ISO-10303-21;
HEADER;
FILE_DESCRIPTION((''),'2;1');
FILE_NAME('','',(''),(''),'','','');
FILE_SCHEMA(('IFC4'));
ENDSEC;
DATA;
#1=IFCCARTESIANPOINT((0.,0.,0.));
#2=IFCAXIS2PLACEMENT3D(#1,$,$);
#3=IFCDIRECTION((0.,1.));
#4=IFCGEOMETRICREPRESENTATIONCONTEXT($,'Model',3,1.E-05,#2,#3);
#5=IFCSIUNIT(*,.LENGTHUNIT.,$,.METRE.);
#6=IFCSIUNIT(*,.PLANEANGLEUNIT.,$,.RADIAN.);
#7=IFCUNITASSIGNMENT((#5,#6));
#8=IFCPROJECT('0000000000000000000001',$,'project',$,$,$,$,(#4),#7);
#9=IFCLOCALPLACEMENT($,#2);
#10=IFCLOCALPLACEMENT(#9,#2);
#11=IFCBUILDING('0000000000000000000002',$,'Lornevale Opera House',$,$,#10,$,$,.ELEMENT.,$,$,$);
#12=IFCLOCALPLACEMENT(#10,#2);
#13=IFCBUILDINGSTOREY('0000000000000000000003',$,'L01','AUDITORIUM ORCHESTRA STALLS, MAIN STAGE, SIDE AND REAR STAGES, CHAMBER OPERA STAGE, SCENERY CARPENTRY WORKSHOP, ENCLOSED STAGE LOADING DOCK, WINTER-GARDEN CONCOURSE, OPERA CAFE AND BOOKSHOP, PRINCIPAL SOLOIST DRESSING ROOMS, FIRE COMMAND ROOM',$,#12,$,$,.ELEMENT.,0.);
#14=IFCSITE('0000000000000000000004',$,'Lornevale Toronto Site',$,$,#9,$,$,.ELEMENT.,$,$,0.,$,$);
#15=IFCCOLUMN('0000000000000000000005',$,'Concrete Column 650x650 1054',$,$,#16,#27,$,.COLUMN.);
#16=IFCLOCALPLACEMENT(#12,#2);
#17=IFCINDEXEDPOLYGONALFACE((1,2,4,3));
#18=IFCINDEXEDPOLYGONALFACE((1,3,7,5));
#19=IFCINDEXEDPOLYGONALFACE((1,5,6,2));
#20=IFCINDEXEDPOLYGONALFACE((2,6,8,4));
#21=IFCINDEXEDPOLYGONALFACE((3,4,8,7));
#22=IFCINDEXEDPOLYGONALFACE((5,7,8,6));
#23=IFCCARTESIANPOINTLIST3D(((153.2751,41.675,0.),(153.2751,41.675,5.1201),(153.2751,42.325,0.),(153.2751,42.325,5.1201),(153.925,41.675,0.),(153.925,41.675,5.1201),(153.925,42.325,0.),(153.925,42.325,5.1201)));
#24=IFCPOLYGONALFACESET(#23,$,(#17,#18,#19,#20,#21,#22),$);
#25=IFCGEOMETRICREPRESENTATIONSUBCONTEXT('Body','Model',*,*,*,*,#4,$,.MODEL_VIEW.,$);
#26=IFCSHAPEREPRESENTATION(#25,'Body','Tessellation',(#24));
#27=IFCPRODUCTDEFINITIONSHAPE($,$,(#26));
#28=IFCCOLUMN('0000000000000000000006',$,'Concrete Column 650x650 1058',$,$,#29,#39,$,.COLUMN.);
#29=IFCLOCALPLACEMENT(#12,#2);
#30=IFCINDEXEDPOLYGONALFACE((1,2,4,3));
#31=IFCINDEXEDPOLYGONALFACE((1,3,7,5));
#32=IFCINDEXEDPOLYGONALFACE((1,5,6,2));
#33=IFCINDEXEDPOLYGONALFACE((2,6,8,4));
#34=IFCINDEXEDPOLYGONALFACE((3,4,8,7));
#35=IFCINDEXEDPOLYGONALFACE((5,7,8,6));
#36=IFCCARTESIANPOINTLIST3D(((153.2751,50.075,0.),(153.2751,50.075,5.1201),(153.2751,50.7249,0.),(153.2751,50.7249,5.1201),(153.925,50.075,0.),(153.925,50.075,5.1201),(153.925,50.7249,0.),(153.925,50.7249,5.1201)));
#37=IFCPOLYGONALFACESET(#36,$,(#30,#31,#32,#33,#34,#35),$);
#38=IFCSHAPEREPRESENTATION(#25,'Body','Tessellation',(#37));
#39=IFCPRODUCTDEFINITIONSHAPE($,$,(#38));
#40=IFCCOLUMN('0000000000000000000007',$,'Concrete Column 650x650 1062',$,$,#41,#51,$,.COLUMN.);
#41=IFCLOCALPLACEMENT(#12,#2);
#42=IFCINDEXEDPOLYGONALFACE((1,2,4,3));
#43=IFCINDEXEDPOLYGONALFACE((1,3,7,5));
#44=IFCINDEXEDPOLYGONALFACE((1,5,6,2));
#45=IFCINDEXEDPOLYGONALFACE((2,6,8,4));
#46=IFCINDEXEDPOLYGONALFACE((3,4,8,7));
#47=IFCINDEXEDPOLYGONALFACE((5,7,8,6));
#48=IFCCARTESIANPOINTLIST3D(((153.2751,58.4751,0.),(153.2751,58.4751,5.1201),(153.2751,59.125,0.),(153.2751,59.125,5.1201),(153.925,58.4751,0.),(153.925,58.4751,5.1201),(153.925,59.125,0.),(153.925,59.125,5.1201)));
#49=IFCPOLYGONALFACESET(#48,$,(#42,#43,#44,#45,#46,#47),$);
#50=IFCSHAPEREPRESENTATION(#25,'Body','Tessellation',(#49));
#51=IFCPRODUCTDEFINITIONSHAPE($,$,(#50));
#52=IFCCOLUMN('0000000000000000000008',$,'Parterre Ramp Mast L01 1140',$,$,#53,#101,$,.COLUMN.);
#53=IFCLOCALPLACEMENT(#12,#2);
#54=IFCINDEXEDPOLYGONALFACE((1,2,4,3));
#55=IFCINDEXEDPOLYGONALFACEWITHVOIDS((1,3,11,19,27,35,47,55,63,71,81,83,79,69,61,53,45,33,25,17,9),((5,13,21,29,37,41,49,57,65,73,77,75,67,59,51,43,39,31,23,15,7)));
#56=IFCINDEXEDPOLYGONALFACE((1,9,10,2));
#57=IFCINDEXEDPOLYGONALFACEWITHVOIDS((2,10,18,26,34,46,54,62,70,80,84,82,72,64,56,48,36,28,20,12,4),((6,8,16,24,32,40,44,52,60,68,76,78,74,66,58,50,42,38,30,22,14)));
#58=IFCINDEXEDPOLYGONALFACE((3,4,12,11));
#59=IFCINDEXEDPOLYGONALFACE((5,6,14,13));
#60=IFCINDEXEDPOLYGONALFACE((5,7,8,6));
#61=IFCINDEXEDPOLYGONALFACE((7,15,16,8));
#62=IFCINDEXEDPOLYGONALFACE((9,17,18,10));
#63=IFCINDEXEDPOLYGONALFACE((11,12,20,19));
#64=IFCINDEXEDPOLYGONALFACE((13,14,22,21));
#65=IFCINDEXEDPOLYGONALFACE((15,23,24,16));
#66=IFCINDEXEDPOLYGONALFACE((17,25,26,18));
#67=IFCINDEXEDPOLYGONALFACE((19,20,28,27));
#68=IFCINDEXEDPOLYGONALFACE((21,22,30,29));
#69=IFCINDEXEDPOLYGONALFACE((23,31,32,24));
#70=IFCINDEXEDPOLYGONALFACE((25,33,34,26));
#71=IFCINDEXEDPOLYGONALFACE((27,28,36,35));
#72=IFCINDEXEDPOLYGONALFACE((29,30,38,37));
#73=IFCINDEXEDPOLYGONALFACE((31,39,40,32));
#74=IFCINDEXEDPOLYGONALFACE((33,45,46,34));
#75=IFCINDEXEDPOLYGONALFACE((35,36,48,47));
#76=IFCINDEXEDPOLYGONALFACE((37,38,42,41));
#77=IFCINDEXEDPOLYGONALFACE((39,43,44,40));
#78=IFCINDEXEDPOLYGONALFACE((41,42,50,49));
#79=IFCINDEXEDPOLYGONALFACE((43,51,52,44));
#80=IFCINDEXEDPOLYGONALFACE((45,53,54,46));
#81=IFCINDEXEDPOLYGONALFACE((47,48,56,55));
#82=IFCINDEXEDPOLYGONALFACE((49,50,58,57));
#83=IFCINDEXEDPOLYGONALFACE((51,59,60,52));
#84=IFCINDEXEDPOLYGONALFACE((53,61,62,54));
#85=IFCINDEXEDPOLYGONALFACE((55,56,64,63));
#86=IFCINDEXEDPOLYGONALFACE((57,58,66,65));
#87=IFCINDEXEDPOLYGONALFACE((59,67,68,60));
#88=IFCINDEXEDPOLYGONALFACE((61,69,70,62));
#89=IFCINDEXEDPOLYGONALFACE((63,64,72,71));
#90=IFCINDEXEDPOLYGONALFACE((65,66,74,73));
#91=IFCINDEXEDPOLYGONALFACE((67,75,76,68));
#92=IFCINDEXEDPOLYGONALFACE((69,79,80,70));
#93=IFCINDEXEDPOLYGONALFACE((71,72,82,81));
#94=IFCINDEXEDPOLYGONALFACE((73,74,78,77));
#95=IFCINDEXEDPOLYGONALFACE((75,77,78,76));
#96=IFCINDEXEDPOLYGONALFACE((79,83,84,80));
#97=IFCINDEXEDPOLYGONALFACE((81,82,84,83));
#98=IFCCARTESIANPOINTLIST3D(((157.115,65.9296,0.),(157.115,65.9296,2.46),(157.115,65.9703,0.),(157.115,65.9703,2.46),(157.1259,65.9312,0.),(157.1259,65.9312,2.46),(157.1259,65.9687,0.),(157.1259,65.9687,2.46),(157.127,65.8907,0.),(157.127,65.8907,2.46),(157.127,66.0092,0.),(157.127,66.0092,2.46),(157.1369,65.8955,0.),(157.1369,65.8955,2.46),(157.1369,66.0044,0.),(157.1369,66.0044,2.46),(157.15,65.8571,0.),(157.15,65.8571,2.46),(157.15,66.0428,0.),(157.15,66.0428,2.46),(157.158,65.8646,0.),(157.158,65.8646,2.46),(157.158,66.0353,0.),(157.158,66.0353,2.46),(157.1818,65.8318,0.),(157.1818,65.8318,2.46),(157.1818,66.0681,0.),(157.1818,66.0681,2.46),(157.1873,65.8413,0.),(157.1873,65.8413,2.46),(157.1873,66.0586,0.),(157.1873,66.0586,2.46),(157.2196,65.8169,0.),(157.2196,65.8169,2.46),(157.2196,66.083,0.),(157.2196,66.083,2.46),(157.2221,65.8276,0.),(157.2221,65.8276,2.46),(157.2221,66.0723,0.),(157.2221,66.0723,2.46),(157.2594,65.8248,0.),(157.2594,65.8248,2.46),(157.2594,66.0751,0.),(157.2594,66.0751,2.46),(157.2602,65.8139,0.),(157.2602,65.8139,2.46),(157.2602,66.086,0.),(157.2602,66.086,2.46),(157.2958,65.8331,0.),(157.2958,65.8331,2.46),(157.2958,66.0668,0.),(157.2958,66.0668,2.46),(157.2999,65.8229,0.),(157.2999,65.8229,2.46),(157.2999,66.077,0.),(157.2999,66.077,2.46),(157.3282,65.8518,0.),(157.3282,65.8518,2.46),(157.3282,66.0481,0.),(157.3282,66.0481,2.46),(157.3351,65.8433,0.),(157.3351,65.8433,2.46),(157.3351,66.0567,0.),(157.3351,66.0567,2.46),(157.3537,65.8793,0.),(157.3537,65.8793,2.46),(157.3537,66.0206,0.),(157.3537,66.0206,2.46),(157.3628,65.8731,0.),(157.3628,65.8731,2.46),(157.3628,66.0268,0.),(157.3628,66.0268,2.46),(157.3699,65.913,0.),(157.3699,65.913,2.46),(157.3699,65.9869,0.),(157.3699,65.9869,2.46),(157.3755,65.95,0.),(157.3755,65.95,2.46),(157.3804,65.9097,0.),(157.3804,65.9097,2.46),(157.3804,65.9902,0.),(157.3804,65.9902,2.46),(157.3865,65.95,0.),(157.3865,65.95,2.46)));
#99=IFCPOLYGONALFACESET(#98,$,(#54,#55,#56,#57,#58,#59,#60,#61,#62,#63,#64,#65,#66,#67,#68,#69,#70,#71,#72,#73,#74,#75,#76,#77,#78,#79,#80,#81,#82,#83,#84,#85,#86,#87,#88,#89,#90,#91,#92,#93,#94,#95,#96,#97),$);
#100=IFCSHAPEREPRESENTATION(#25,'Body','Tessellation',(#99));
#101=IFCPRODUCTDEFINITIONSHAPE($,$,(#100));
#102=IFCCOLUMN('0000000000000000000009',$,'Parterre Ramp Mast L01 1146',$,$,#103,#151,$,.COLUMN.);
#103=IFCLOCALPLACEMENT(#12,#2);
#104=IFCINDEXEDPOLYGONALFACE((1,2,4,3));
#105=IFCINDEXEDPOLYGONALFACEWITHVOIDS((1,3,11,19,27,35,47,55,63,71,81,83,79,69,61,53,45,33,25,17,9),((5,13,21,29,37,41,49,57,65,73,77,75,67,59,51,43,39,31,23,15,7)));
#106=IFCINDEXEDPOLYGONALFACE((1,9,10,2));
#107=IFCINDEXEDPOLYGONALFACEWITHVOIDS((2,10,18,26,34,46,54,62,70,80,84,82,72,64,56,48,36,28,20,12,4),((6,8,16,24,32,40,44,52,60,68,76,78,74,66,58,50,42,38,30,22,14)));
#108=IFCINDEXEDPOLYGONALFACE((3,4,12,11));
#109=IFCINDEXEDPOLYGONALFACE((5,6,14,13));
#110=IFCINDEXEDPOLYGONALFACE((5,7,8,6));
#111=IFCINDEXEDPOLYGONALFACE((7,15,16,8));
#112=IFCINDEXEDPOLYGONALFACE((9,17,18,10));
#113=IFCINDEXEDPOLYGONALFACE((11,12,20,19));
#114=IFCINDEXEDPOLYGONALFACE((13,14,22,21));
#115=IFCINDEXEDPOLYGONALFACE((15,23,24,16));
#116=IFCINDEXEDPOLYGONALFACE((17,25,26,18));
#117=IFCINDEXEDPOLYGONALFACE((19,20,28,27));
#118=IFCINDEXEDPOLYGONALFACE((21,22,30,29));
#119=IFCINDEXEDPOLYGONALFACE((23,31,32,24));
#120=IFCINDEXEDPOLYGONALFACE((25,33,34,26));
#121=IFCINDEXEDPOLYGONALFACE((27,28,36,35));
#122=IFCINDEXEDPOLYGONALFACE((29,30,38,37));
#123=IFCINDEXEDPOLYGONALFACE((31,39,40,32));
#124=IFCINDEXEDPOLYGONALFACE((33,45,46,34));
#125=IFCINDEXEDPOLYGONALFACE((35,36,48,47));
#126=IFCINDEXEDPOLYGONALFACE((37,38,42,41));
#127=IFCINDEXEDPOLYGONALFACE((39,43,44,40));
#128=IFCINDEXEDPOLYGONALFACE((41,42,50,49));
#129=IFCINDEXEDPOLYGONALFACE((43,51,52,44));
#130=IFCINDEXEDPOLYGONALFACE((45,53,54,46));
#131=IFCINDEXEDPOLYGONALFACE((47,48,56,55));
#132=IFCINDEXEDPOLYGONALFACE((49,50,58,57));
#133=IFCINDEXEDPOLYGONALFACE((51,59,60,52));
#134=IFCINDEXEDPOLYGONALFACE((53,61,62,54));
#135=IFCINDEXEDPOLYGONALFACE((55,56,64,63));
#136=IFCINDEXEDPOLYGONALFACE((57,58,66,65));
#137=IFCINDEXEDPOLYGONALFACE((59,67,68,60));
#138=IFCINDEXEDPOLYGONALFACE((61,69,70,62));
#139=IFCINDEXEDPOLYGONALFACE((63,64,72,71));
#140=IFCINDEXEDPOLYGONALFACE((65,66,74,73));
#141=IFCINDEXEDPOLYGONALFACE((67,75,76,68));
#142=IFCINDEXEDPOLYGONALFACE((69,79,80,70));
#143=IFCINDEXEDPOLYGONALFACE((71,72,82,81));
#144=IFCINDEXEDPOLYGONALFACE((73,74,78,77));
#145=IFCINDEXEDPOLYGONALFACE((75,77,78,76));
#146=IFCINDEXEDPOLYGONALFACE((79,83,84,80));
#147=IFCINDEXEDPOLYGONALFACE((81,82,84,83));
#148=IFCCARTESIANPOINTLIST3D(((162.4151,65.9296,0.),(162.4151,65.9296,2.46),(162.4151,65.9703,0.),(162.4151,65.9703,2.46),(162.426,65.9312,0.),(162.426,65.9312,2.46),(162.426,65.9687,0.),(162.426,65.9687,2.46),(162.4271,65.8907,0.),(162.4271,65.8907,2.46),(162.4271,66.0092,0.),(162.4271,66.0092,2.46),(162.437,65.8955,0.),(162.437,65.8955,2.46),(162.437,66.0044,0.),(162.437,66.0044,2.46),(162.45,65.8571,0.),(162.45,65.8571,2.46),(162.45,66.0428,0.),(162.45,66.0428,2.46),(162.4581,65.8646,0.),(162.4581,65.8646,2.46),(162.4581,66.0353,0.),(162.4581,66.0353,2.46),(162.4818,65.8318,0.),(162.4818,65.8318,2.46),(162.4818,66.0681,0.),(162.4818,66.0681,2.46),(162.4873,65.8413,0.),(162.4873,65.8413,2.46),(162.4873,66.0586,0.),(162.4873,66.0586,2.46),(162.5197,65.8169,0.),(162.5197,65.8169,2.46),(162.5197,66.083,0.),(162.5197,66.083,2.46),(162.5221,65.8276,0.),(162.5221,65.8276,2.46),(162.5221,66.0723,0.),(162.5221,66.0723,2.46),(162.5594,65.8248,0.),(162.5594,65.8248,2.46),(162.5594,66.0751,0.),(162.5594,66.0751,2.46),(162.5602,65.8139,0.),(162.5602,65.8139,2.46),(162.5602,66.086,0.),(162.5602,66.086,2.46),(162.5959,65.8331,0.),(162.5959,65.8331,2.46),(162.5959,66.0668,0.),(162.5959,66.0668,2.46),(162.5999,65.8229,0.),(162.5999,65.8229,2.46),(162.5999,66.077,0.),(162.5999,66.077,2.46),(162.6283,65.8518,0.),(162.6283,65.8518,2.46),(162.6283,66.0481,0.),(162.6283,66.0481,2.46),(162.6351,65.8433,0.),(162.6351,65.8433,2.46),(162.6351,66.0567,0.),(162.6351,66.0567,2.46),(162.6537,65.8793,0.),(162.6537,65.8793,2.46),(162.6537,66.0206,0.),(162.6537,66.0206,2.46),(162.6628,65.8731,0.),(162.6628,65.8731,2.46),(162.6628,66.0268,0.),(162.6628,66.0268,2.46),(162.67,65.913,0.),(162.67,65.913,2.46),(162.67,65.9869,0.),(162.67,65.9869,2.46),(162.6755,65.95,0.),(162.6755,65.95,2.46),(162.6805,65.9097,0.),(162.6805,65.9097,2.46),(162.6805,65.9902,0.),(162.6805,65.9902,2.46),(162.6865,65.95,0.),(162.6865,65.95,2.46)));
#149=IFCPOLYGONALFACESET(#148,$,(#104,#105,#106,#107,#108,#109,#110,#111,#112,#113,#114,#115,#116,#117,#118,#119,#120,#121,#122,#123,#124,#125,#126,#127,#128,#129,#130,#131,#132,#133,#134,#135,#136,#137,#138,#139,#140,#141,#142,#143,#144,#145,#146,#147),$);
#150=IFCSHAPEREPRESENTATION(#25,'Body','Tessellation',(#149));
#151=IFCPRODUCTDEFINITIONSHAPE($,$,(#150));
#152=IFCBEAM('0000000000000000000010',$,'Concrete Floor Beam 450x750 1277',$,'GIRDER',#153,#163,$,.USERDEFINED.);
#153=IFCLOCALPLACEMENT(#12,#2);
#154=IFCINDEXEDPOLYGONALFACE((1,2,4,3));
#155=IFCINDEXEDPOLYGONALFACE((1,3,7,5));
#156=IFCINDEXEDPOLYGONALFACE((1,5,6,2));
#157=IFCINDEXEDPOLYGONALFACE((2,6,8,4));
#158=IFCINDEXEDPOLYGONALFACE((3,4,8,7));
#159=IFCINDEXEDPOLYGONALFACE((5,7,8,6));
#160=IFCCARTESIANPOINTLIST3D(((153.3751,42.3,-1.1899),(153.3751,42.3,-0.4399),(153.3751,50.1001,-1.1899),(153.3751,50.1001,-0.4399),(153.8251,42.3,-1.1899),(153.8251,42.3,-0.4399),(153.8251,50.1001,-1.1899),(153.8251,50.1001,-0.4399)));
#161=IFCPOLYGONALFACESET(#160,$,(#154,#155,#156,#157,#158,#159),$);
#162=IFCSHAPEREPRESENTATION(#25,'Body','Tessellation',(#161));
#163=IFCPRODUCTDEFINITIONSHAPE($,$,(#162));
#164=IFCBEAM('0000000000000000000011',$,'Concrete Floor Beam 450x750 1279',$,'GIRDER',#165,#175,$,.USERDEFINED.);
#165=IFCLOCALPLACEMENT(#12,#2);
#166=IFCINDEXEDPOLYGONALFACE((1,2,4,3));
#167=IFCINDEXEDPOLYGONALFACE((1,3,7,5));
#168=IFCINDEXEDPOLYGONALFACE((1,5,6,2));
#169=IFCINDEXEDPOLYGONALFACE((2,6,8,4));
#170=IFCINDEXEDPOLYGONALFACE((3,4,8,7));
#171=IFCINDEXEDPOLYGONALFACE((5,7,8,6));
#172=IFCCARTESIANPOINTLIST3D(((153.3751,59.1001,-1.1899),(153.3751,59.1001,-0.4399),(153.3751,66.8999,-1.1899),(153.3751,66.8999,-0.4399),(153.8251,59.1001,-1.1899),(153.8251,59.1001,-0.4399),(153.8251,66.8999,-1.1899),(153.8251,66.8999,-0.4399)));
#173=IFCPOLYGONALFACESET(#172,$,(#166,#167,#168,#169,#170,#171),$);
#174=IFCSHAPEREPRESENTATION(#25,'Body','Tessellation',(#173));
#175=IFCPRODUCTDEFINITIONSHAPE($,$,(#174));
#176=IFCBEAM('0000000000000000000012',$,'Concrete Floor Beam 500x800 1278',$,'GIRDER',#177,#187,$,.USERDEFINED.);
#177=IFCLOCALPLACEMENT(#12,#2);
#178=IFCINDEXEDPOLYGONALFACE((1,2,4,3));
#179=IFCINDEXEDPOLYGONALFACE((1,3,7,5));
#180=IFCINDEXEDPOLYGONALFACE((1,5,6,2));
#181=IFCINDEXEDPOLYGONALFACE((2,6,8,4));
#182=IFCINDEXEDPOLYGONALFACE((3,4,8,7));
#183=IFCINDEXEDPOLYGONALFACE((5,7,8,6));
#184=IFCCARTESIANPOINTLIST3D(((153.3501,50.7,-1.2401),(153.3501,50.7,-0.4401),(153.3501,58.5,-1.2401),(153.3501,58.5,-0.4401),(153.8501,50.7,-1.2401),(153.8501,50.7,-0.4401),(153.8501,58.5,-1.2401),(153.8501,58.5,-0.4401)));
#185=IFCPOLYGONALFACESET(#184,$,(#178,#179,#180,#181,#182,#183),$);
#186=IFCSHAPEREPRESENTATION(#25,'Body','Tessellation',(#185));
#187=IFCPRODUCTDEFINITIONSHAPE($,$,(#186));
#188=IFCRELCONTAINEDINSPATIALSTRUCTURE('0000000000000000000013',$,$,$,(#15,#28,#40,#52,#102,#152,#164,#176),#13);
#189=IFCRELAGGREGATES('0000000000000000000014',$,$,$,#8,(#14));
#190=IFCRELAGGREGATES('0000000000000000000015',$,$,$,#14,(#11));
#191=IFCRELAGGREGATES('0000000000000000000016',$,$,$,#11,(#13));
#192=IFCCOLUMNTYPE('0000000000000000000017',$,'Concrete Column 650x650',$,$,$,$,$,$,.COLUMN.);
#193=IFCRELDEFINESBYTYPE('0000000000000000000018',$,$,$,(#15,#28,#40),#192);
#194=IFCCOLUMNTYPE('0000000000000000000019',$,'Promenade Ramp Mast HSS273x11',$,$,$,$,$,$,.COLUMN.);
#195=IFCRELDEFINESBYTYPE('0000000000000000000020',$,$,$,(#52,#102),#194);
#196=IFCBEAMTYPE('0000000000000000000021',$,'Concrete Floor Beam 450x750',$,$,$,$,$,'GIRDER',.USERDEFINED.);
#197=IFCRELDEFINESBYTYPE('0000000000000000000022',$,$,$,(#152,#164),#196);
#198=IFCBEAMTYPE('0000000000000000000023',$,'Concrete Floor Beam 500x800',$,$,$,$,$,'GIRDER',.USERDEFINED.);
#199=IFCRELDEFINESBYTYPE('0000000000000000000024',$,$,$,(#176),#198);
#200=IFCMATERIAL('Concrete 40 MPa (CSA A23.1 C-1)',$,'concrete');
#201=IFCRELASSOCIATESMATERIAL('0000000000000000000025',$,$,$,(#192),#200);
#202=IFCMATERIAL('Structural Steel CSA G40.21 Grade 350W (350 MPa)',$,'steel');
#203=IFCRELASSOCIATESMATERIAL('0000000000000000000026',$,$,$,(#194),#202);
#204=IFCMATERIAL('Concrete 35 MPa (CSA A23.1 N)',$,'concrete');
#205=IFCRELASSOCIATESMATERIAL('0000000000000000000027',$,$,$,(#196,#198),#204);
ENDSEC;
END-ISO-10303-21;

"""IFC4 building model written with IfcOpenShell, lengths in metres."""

from ifc_helpers import new_model, si_unit, direction, frame, origin, origin_2d, place, context, subcontext, project, spatial, rectangle, hollow_circle, extrude, material, material_profile, profile_set, type_object, element, save


model = new_model("IFC4")

# Units and contexts
model_context = context("Model", 3, precision=1e-05, world=origin(), true_north=direction((0.0, 1.0)))
body_context = subcontext(model_context, "Body", "Model", "MODEL_VIEW")
ifc_project = project(units=[si_unit("LENGTHUNIT", "METRE"), si_unit("PLANEANGLEUNIT", "RADIAN")], contexts=[model_context])

# Site, building, storey
site_placement = place(None, origin())
site = spatial("IfcSite", under=ifc_project, at=site_placement, Name="Lornevale Toronto Site", CompositionType="ELEMENT", RefElevation=0.0)
building_placement = place(site_placement, origin())
building = spatial("IfcBuilding", under=site, at=building_placement, Name="Lornevale Opera House", CompositionType="ELEMENT")
storey_placement = place(building_placement, origin())
storey = spatial("IfcBuildingStorey", under=building, at=storey_placement, Name="L01", Description="AUDITORIUM ORCHESTRA STALLS, MAIN STAGE, SIDE AND REAR STAGES, CHAMBER OPERA STAGE, SCENERY CARPENTRY WORKSHOP, ENCLOSED STAGE LOADING DOCK, WINTER-GARDEN CONCOURSE, OPERA CAFE AND BOOKSHOP, PRINCIPAL SOLOIST DRESSING ROOMS, FIRE COMMAND ROOM", CompositionType="ELEMENT", Elevation=0.0)

# Columns
ifc_material_1 = material(Name="Concrete 40 MPa (CSA A23.1 C-1)", Category="concrete")
ifc_material_profile_1 = material_profile(ifc_material_1, rectangle(XDim=0.6499, YDim=0.6499, at=origin_2d()), Name="RC650x650")
ifc_profile_set_1 = profile_set([ifc_material_profile_1], Name="Concrete 40 MPa (CSA A23.1 C-1)")
column_type_1 = type_object("IfcColumnType", Name="Concrete Column 650x650", PredefinedType="COLUMN", material=ifc_profile_set_1)
for number, where, z_axis, x_axis, name in (
    (1, (153.6001, 42.0, 0.0), (0.0, 0.0, 1.0), (1.0, 0.0, 0.0), "Concrete Column 650x650 1054"),
    (2, (153.6001, 50.3999, 0.0), (0.0, 0.0, 1.0), (1.0, 0.0, 0.0), "Concrete Column 650x650 1058"),
    (3, (153.6001, 58.8, 0.0), (0.0, 0.0, 1.0), (1.0, 0.0, 0.0), "Concrete Column 650x650 1062"),
):
    element("IfcColumn", number, at=place(storey_placement, frame(where, z_axis=z_axis, x_axis=x_axis)), inside=storey, type_object=column_type_1, Name=name, PredefinedType="COLUMN", context=body_context, shape_type="SweptSolid", body=[
        extrude(rectangle(XDim=0.6499, YDim=0.6499, at=origin_2d()), origin(), (0.0, 0.0, 1.0), 5.1201),
    ])
ifc_material_2 = material(Name="Structural Steel CSA G40.21 Grade 350W (350 MPa)", Category="steel")
ifc_material_profile_2 = material_profile(ifc_material_2, hollow_circle(Radius=0.1365, WallThickness=0.011, at=origin_2d()), Name="HSS273x11")
ifc_profile_set_2 = profile_set([ifc_material_profile_2], Name="Structural Steel CSA G40.21 Grade 350W (350 MPa)")
column_type_2 = type_object("IfcColumnType", Name="Promenade Ramp Mast HSS273x11", PredefinedType="COLUMN", material=ifc_profile_set_2)
for number, where, z_axis, x_axis, name in (
    (4, (157.25, 65.95, 0.0), (0.0, 0.0, 1.0), (1.0, 0.0, 0.0), "Parterre Ramp Mast L01 1140"),
    (5, (162.55, 65.95, 0.0), (0.0, 0.0, 1.0), (1.0, 0.0, 0.0), "Parterre Ramp Mast L01 1146"),
):
    element("IfcColumn", number, at=place(storey_placement, frame(where, z_axis=z_axis, x_axis=x_axis)), inside=storey, type_object=column_type_2, Name=name, PredefinedType="COLUMN", context=body_context, shape_type="SweptSolid", body=[
        extrude(hollow_circle(Radius=0.1365, WallThickness=0.011, at=origin_2d()), origin(), (0.0, 0.0, 1.0), 2.46),
    ])

# Beams
ifc_material_3 = material(Name="Concrete 35 MPa (CSA A23.1 N)", Category="concrete")
ifc_material_profile_3 = material_profile(ifc_material_3, rectangle(XDim=0.45, YDim=0.75, at=origin_2d()), Name="RC450x750")
ifc_profile_set_3 = profile_set([ifc_material_profile_3], Name="Concrete 35 MPa (CSA A23.1 N)")
beam_type_1 = type_object("IfcBeamType", Name="Concrete Floor Beam 450x750", ElementType="GIRDER", PredefinedType="USERDEFINED", material=ifc_profile_set_3)
beam_1_placement = place(storey_placement, frame((153.6001, 42.3, -0.8149), z_axis=(0.0, 1.0, 0.0), x_axis=(-1.0, 0.0, 0.0)))
element("IfcBeam", 6, at=beam_1_placement, inside=storey, type_object=beam_type_1, Name="Concrete Floor Beam 450x750 1277", ObjectType="GIRDER", PredefinedType="USERDEFINED", context=body_context, shape_type="SweptSolid", body=[
    extrude(rectangle(XDim=0.45, YDim=0.75, at=origin_2d()), origin(), (0.0, 0.0, 1.0), 7.8),
])
beam_2_placement = place(storey_placement, frame((153.6001, 59.1001, -0.8149), z_axis=(0.0, 1.0, 0.0), x_axis=(-1.0, 0.0, 0.0)))
element("IfcBeam", 7, at=beam_2_placement, inside=storey, type_object=beam_type_1, Name="Concrete Floor Beam 450x750 1279", ObjectType="GIRDER", PredefinedType="USERDEFINED", context=body_context, shape_type="SweptSolid", body=[
    extrude(rectangle(XDim=0.45, YDim=0.75, at=origin_2d()), origin(), (0.0, 0.0, 1.0), 7.7998),
])
ifc_material_profile_4 = material_profile(ifc_material_3, rectangle(XDim=0.5, YDim=0.8, at=origin_2d()), Name="RC500x800")
ifc_profile_set_4 = profile_set([ifc_material_profile_4], Name="Concrete 35 MPa (CSA A23.1 N)")
beam_type_2 = type_object("IfcBeamType", Name="Concrete Floor Beam 500x800", ElementType="GIRDER", PredefinedType="USERDEFINED", material=ifc_profile_set_4)
beam_3_placement = place(storey_placement, frame((153.6001, 50.7, -0.8401), z_axis=(0.0, 1.0, 0.0), x_axis=(-1.0, 0.0, 0.0)))
element("IfcBeam", 8, at=beam_3_placement, inside=storey, type_object=beam_type_2, Name="Concrete Floor Beam 500x800 1278", ObjectType="GIRDER", PredefinedType="USERDEFINED", context=body_context, shape_type="SweptSolid", body=[
    extrude(rectangle(XDim=0.5, YDim=0.8, at=origin_2d()), origin(), (0.0, 0.0, 1.0), 7.8),
])

save(model, "model.ifc")
